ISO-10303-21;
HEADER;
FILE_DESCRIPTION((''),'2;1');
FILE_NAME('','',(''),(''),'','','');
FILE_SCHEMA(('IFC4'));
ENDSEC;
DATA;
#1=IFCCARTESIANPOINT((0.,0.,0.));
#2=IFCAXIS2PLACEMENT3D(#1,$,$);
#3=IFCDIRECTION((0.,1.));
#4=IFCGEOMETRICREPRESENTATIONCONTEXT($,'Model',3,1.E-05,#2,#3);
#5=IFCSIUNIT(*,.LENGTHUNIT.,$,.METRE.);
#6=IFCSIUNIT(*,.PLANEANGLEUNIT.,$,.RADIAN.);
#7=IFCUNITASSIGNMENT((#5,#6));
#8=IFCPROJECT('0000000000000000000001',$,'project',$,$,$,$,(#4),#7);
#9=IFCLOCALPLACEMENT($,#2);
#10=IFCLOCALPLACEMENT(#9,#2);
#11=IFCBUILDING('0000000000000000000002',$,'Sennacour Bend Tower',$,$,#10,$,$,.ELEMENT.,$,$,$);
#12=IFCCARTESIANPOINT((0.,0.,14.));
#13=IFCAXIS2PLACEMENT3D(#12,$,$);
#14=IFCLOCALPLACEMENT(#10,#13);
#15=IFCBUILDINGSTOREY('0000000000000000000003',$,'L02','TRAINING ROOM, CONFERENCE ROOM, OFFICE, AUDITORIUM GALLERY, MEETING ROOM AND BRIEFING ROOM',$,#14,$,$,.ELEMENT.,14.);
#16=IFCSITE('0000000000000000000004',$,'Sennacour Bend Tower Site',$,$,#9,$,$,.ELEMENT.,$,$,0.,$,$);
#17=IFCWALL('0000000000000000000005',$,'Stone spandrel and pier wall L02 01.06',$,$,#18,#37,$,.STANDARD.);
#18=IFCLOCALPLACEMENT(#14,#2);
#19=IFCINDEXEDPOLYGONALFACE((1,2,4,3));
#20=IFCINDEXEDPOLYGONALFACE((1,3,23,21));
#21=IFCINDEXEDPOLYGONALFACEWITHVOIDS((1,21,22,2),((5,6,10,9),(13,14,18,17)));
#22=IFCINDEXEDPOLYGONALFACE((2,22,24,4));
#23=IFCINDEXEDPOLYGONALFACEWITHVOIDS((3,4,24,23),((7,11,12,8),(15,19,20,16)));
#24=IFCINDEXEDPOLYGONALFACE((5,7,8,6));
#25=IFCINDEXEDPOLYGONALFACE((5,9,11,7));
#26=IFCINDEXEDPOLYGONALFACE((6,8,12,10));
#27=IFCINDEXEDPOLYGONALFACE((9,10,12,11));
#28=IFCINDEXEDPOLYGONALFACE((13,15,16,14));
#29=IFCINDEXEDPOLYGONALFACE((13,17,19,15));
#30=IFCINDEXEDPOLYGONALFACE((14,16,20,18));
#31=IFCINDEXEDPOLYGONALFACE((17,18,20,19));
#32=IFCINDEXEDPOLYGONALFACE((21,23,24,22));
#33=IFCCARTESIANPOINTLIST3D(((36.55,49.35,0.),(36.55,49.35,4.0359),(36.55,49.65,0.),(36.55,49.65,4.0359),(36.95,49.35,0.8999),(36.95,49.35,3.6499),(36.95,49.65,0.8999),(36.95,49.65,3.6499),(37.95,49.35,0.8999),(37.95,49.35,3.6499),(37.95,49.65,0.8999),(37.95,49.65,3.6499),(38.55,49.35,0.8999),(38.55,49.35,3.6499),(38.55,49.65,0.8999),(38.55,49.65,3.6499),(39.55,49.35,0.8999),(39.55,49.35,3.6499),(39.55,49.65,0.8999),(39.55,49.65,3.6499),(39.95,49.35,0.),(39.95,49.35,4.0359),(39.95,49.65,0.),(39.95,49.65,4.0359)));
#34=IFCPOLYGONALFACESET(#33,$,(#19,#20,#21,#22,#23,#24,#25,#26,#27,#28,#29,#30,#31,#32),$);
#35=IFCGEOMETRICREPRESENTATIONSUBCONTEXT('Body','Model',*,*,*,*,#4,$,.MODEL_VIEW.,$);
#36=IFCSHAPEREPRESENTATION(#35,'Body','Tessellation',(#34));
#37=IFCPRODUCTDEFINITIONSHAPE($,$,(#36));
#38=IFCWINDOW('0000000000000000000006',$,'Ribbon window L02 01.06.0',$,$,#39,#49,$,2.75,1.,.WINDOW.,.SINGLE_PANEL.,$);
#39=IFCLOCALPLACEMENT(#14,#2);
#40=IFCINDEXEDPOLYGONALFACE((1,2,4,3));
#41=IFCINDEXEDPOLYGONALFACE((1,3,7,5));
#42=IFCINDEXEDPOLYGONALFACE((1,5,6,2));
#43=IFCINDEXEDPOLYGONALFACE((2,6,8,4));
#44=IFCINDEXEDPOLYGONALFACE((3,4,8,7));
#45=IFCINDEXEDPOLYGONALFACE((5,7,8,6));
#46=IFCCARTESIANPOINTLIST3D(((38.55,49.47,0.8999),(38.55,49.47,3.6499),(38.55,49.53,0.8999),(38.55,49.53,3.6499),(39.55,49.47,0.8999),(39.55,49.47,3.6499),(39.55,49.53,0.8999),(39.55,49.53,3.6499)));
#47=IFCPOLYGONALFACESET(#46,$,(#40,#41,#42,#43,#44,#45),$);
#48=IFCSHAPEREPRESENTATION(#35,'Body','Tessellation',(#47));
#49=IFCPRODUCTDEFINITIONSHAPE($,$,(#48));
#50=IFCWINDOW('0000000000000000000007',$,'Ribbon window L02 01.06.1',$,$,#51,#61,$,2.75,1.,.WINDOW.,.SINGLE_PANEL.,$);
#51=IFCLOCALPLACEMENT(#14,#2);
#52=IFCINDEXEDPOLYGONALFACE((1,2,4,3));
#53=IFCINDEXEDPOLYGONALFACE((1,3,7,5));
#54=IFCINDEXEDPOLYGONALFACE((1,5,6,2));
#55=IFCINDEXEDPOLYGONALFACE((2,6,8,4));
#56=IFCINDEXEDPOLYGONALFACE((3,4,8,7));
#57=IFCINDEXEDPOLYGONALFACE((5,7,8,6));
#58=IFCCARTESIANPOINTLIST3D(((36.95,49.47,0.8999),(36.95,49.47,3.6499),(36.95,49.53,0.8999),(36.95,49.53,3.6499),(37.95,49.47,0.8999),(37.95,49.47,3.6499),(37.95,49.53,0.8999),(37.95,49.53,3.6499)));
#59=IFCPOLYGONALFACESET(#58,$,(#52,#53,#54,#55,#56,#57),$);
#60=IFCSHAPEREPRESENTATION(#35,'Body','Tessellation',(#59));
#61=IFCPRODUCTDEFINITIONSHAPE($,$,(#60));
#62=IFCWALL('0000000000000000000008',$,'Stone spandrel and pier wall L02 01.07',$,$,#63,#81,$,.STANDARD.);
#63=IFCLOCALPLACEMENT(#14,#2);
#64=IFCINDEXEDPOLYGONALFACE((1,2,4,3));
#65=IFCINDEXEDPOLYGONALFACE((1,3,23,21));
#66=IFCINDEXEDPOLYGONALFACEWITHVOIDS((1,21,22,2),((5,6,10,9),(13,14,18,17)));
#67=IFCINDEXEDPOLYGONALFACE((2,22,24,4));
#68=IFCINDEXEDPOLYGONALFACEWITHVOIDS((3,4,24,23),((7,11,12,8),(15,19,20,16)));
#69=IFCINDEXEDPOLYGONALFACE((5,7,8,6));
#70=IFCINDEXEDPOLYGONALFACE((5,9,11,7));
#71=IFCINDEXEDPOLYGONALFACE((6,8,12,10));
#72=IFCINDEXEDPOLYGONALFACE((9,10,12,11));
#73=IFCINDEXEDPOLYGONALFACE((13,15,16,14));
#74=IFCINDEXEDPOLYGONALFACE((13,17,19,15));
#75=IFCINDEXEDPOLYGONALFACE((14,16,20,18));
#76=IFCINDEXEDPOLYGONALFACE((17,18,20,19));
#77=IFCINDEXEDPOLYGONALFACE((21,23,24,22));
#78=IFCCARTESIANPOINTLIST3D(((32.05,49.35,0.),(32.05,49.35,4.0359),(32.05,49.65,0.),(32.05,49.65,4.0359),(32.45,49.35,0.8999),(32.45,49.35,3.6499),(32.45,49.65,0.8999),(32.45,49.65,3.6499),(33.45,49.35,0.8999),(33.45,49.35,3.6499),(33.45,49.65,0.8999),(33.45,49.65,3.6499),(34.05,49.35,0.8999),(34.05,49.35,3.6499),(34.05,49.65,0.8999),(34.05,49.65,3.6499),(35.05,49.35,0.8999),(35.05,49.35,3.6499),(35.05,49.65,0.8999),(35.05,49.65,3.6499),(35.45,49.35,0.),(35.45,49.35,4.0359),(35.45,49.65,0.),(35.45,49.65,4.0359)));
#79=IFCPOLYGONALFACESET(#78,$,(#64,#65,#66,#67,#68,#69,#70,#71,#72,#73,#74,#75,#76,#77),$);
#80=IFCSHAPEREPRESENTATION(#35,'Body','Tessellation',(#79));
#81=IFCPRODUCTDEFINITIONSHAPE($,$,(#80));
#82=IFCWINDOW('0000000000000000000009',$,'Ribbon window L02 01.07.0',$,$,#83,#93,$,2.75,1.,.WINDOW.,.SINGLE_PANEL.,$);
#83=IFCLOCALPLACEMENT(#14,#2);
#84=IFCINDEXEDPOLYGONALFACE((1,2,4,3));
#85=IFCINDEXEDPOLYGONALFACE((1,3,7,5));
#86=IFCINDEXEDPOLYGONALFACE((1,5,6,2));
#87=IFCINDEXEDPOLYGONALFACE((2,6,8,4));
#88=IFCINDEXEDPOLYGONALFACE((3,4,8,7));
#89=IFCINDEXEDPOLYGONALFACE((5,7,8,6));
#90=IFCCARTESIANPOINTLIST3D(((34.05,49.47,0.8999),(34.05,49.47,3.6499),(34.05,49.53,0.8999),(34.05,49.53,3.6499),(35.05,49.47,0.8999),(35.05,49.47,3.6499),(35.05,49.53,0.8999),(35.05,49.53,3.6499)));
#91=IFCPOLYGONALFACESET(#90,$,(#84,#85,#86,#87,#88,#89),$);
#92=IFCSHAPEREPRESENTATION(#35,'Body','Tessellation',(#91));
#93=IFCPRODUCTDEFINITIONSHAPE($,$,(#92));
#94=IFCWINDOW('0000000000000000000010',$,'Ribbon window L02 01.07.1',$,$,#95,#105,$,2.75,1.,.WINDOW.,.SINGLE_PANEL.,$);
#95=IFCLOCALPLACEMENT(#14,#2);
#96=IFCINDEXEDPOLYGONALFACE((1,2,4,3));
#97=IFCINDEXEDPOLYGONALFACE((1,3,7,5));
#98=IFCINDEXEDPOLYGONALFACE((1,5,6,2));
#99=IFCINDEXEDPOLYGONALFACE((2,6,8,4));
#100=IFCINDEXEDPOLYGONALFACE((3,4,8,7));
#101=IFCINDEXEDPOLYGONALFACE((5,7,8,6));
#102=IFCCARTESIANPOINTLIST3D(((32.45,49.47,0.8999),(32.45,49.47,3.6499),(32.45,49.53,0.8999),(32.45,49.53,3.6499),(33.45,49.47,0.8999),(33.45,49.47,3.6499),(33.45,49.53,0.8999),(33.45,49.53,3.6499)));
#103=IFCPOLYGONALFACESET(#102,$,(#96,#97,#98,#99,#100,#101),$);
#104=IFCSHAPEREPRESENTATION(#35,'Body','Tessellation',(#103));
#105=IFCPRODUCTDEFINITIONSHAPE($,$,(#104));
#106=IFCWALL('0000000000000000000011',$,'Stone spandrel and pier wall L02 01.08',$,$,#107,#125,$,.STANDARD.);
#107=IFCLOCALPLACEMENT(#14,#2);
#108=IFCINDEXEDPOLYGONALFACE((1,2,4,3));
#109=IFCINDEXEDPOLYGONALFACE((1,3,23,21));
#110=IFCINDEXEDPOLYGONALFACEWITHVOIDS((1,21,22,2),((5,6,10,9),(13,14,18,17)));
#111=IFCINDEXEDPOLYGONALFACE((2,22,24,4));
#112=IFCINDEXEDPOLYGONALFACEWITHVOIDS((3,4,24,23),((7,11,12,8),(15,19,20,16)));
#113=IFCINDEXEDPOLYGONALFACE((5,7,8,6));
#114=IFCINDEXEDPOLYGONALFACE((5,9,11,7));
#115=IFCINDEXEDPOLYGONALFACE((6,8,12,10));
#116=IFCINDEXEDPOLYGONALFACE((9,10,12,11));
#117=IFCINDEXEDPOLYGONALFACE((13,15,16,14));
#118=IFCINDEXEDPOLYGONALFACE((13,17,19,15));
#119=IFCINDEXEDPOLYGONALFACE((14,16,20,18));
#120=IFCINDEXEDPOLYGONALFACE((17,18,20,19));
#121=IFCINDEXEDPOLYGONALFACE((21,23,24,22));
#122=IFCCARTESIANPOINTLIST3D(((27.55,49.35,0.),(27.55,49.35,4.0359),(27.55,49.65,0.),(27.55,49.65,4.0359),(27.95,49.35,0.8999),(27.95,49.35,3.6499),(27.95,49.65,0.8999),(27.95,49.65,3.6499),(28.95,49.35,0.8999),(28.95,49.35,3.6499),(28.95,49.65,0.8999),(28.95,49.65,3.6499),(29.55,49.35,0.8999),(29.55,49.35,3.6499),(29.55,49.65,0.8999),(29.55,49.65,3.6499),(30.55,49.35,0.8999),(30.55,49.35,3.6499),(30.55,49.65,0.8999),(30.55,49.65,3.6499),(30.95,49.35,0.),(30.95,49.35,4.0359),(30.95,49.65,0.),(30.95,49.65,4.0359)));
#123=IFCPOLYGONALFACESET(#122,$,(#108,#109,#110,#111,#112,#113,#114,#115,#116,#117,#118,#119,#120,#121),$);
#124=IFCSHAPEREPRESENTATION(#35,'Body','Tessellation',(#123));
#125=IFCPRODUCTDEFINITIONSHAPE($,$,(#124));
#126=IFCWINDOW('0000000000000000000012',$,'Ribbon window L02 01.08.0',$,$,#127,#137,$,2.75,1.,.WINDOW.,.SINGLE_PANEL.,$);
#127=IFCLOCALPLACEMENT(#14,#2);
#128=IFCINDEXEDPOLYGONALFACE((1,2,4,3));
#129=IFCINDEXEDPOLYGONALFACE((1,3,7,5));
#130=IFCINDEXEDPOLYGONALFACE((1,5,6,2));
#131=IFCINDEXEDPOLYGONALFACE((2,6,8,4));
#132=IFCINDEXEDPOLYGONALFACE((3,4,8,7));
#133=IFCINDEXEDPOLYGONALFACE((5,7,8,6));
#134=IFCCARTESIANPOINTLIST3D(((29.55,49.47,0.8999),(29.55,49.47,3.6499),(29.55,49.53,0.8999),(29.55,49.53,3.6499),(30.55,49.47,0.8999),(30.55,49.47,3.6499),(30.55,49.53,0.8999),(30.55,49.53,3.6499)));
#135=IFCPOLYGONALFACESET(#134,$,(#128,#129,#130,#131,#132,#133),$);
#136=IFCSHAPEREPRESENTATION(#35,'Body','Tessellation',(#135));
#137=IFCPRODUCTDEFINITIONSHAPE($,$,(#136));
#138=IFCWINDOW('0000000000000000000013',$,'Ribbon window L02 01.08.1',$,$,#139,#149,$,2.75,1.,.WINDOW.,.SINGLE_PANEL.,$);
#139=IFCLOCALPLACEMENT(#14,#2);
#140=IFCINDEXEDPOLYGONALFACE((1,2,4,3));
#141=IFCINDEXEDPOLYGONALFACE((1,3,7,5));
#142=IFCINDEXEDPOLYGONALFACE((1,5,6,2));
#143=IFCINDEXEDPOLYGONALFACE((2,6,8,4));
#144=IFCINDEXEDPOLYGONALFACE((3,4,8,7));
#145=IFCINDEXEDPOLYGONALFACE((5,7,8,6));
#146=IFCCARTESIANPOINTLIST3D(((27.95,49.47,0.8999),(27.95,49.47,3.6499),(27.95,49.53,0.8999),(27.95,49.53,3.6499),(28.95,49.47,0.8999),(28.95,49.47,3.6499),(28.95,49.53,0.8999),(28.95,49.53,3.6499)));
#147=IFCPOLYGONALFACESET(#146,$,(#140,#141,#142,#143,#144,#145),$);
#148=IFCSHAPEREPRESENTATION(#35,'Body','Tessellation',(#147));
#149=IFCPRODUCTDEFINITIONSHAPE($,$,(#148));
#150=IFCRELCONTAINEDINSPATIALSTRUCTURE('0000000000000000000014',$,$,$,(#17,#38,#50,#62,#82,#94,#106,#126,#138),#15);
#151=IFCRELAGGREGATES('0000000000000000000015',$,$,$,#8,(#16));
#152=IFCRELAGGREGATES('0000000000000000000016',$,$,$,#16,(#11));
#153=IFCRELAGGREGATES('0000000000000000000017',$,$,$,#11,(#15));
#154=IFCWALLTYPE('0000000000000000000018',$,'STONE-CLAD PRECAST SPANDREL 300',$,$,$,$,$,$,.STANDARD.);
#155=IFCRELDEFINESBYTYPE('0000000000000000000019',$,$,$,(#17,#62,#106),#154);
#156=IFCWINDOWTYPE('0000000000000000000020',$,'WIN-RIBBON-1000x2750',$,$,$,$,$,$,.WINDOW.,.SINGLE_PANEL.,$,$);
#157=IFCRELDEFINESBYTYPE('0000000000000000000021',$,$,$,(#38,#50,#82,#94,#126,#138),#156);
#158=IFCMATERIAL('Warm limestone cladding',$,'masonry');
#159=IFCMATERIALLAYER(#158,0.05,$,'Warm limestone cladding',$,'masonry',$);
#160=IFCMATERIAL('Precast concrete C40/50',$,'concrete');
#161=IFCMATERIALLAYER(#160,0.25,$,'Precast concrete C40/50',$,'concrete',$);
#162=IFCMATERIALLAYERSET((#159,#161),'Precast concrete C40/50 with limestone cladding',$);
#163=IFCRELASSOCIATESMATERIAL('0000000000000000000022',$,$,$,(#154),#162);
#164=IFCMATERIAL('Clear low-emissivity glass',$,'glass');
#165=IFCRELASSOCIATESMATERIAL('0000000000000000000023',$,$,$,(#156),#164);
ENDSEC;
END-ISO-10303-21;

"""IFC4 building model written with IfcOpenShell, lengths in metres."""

from ifc_helpers import new_model, si_unit, direction, frame, frame_2d, origin, place, context, subcontext, project, spatial, rectangle, extrude, material, layer, layer_set, type_object, element, fill, save


model = new_model("IFC4")

# Units and contexts
model_context = context("Model", 3, precision=1e-05, world=origin(), true_north=direction((0.0, 1.0)))
body_context = subcontext(model_context, "Body", "Model", "MODEL_VIEW")
ifc_project = project(units=[si_unit("LENGTHUNIT", "METRE"), si_unit("PLANEANGLEUNIT", "RADIAN")], contexts=[model_context])

# Site, building, storey
site_placement = place(None, origin())
site = spatial("IfcSite", under=ifc_project, at=site_placement, Name="Sennacour Bend Tower Site", CompositionType="ELEMENT", RefElevation=0.0)
building_placement = place(site_placement, origin())
building = spatial("IfcBuilding", under=site, at=building_placement, Name="Sennacour Bend Tower", CompositionType="ELEMENT")
storey_placement = place(building_placement, frame((0.0, 0.0, 14.0)))
storey = spatial("IfcBuildingStorey", under=building, at=storey_placement, Name="L02", Description="TRAINING ROOM, CONFERENCE ROOM, OFFICE, AUDITORIUM GALLERY, MEETING ROOM AND BRIEFING ROOM", CompositionType="ELEMENT", Elevation=14.0)

# Shared definitions
ifc_material_1 = material(Name="Clear low-emissivity glass", Category="glass")

# Walls, openings, windows
ifc_material_2 = material(Name="Warm limestone cladding", Category="masonry")
ifc_layer_1 = layer(ifc_material_2, 0.05, Name="Warm limestone cladding", Category="masonry")
ifc_material_3 = material(Name="Precast concrete C40/50", Category="concrete")
ifc_layer_2 = layer(ifc_material_3, 0.25, Name="Precast concrete C40/50", Category="concrete")
ifc_layer_set_1 = layer_set([ifc_layer_1, ifc_layer_2], Name="Precast concrete C40/50 with limestone cladding")
wall_type = type_object("IfcWallType", Name="STONE-CLAD PRECAST SPANDREL 300", PredefinedType="STANDARD", material=ifc_layer_set_1)
wall_1_placement = place(storey_placement, frame((39.95, 49.5, 0.0), z_axis=(0.0, 0.0, 1.0), x_axis=(-1.0, 0.0, 0.0)))
wall_1 = element("IfcWall", 1, at=wall_1_placement, inside=storey, type_object=wall_type, Name="Stone spandrel and pier wall L02 01.06", PredefinedType="STANDARD", context=body_context, shape_type="SweptSolid", body=[
    extrude(rectangle(XDim=3.3999, YDim=0.3, at=frame_2d((1.7, 0.0))), origin(), (0.0, 0.0, 1.0), 4.0359),
])
opening_1_placement = place(wall_1_placement, frame((0.3999, 0.0, 0.8999)))
opening_1 = element("IfcOpeningElement", 2, at=opening_1_placement, cuts=wall_1, PredefinedType="OPENING", context=body_context, shape_type="SweptSolid", body=[
    extrude(rectangle(XDim=1.0, YDim=2.75, at=frame_2d((0.5, 1.375))), frame((0.0, 0.1602, 0.0), z_axis=(0.0, -1.0, 0.0), x_axis=(1.0, 0.0, 0.0)), (0.0, 0.0, 1.0), 0.3201),
])
opening_2_placement = place(wall_1_placement, frame((2.0, 0.0, 0.8999)))
opening_2 = element("IfcOpeningElement", 3, at=opening_2_placement, cuts=wall_1, PredefinedType="OPENING", context=body_context, shape_type="SweptSolid", body=[
    extrude(rectangle(XDim=1.0, YDim=2.75, at=frame_2d((0.5, 1.375))), frame((0.0, 0.1602, 0.0), z_axis=(0.0, -1.0, 0.0), x_axis=(1.0, 0.0, 0.0)), (0.0, 0.0, 1.0), 0.3201),
])
window_type = type_object("IfcWindowType", Name="WIN-RIBBON-1000x2750", PartitioningType="SINGLE_PANEL", PredefinedType="WINDOW", material=ifc_material_1)
window_1_placement = place(opening_1_placement, origin())
window_1 = element("IfcWindow", 4, at=window_1_placement, inside=storey, type_object=window_type, Name="Ribbon window L02 01.06.0", OverallHeight=2.75, OverallWidth=1.0, PartitioningType="SINGLE_PANEL", PredefinedType="WINDOW", context=body_context, shape_type="SweptSolid", body=[
    extrude(rectangle(XDim=1.0, YDim=2.75, at=frame_2d((0.5, 1.375))), frame((0.0, 0.03, 0.0), z_axis=(0.0, -1.0, 0.0), x_axis=(1.0, 0.0, 0.0)), (0.0, 0.0, 1.0), 0.0601),
])
fill(opening_1, window_1)
window_2_placement = place(opening_2_placement, origin())
window_2 = element("IfcWindow", 5, at=window_2_placement, inside=storey, type_object=window_type, Name="Ribbon window L02 01.06.1", OverallHeight=2.75, OverallWidth=1.0, PartitioningType="SINGLE_PANEL", PredefinedType="WINDOW", context=body_context, shape_type="SweptSolid", body=[
    extrude(rectangle(XDim=1.0, YDim=2.75, at=frame_2d((0.5, 1.375))), frame((0.0, 0.03, 0.0), z_axis=(0.0, -1.0, 0.0), x_axis=(1.0, 0.0, 0.0)), (0.0, 0.0, 1.0), 0.0601),
])
fill(opening_2, window_2)
wall_2_placement = place(storey_placement, frame((35.45, 49.5, 0.0), z_axis=(0.0, 0.0, 1.0), x_axis=(-1.0, 0.0, 0.0)))
wall_2 = element("IfcWall", 6, at=wall_2_placement, inside=storey, type_object=wall_type, Name="Stone spandrel and pier wall L02 01.07", PredefinedType="STANDARD", context=body_context, shape_type="SweptSolid", body=[
    extrude(rectangle(XDim=3.3999, YDim=0.3, at=frame_2d((1.7, 0.0))), origin(), (0.0, 0.0, 1.0), 4.0359),
])
opening_3_placement = place(wall_2_placement, frame((0.3999, 0.0, 0.8999)))
opening_3 = element("IfcOpeningElement", 7, at=opening_3_placement, cuts=wall_2, PredefinedType="OPENING", context=body_context, shape_type="SweptSolid", body=[
    extrude(rectangle(XDim=1.0, YDim=2.75, at=frame_2d((0.5, 1.375))), frame((0.0, 0.1602, 0.0), z_axis=(0.0, -1.0, 0.0), x_axis=(1.0, 0.0, 0.0)), (0.0, 0.0, 1.0), 0.3201),
])
opening_4_placement = place(wall_2_placement, frame((2.0, 0.0, 0.8999)))
opening_4 = element("IfcOpeningElement", 8, at=opening_4_placement, cuts=wall_2, PredefinedType="OPENING", context=body_context, shape_type="SweptSolid", body=[
    extrude(rectangle(XDim=1.0, YDim=2.75, at=frame_2d((0.5, 1.375))), frame((0.0, 0.1602, 0.0), z_axis=(0.0, -1.0, 0.0), x_axis=(1.0, 0.0, 0.0)), (0.0, 0.0, 1.0), 0.3201),
])
window_3_placement = place(opening_3_placement, origin())
window_3 = element("IfcWindow", 9, at=window_3_placement, inside=storey, type_object=window_type, Name="Ribbon window L02 01.07.0", OverallHeight=2.75, OverallWidth=1.0, PartitioningType="SINGLE_PANEL", PredefinedType="WINDOW", context=body_context, shape_type="SweptSolid", body=[
    extrude(rectangle(XDim=1.0, YDim=2.75, at=frame_2d((0.5, 1.375))), frame((0.0, 0.03, 0.0), z_axis=(0.0, -1.0, 0.0), x_axis=(1.0, 0.0, 0.0)), (0.0, 0.0, 1.0), 0.0601),
])
fill(opening_3, window_3)
window_4_placement = place(opening_4_placement, origin())
window_4 = element("IfcWindow", 10, at=window_4_placement, inside=storey, type_object=window_type, Name="Ribbon window L02 01.07.1", OverallHeight=2.75, OverallWidth=1.0, PartitioningType="SINGLE_PANEL", PredefinedType="WINDOW", context=body_context, shape_type="SweptSolid", body=[
    extrude(rectangle(XDim=1.0, YDim=2.75, at=frame_2d((0.5, 1.375))), frame((0.0, 0.03, 0.0), z_axis=(0.0, -1.0, 0.0), x_axis=(1.0, 0.0, 0.0)), (0.0, 0.0, 1.0), 0.0601),
])
fill(opening_4, window_4)
wall_3_placement = place(storey_placement, frame((30.95, 49.5, 0.0), z_axis=(0.0, 0.0, 1.0), x_axis=(-1.0, 0.0, 0.0)))
wall_3 = element("IfcWall", 11, at=wall_3_placement, inside=storey, type_object=wall_type, Name="Stone spandrel and pier wall L02 01.08", PredefinedType="STANDARD", context=body_context, shape_type="SweptSolid", body=[
    extrude(rectangle(XDim=3.3999, YDim=0.3, at=frame_2d((1.7, 0.0))), origin(), (0.0, 0.0, 1.0), 4.0359),
])
opening_5_placement = place(wall_3_placement, frame((0.3999, 0.0, 0.8999)))
opening_5 = element("IfcOpeningElement", 12, at=opening_5_placement, cuts=wall_3, PredefinedType="OPENING", context=body_context, shape_type="SweptSolid", body=[
    extrude(rectangle(XDim=1.0, YDim=2.75, at=frame_2d((0.5, 1.375))), frame((0.0, 0.1602, 0.0), z_axis=(0.0, -1.0, 0.0), x_axis=(1.0, 0.0, 0.0)), (0.0, 0.0, 1.0), 0.3201),
])
opening_6_placement = place(wall_3_placement, frame((2.0, 0.0, 0.8999)))
opening_6 = element("IfcOpeningElement", 13, at=opening_6_placement, cuts=wall_3, PredefinedType="OPENING", context=body_context, shape_type="SweptSolid", body=[
    extrude(rectangle(XDim=1.0, YDim=2.75, at=frame_2d((0.5, 1.375))), frame((0.0, 0.1602, 0.0), z_axis=(0.0, -1.0, 0.0), x_axis=(1.0, 0.0, 0.0)), (0.0, 0.0, 1.0), 0.3201),
])
window_5_placement = place(opening_5_placement, origin())
window_5 = element("IfcWindow", 14, at=window_5_placement, inside=storey, type_object=window_type, Name="Ribbon window L02 01.08.0", OverallHeight=2.75, OverallWidth=1.0, PartitioningType="SINGLE_PANEL", PredefinedType="WINDOW", context=body_context, shape_type="SweptSolid", body=[
    extrude(rectangle(XDim=1.0, YDim=2.75, at=frame_2d((0.5, 1.375))), frame((0.0, 0.03, 0.0), z_axis=(0.0, -1.0, 0.0), x_axis=(1.0, 0.0, 0.0)), (0.0, 0.0, 1.0), 0.0601),
])
fill(opening_5, window_5)
window_6_placement = place(opening_6_placement, origin())
window_6 = element("IfcWindow", 15, at=window_6_placement, inside=storey, type_object=window_type, Name="Ribbon window L02 01.08.1", OverallHeight=2.75, OverallWidth=1.0, PartitioningType="SINGLE_PANEL", PredefinedType="WINDOW", context=body_context, shape_type="SweptSolid", body=[
    extrude(rectangle(XDim=1.0, YDim=2.75, at=frame_2d((0.5, 1.375))), frame((0.0, 0.03, 0.0), z_axis=(0.0, -1.0, 0.0), x_axis=(1.0, 0.0, 0.0)), (0.0, 0.0, 1.0), 0.0601),
])
fill(opening_6, window_6)

save(model, "model.ifc")
